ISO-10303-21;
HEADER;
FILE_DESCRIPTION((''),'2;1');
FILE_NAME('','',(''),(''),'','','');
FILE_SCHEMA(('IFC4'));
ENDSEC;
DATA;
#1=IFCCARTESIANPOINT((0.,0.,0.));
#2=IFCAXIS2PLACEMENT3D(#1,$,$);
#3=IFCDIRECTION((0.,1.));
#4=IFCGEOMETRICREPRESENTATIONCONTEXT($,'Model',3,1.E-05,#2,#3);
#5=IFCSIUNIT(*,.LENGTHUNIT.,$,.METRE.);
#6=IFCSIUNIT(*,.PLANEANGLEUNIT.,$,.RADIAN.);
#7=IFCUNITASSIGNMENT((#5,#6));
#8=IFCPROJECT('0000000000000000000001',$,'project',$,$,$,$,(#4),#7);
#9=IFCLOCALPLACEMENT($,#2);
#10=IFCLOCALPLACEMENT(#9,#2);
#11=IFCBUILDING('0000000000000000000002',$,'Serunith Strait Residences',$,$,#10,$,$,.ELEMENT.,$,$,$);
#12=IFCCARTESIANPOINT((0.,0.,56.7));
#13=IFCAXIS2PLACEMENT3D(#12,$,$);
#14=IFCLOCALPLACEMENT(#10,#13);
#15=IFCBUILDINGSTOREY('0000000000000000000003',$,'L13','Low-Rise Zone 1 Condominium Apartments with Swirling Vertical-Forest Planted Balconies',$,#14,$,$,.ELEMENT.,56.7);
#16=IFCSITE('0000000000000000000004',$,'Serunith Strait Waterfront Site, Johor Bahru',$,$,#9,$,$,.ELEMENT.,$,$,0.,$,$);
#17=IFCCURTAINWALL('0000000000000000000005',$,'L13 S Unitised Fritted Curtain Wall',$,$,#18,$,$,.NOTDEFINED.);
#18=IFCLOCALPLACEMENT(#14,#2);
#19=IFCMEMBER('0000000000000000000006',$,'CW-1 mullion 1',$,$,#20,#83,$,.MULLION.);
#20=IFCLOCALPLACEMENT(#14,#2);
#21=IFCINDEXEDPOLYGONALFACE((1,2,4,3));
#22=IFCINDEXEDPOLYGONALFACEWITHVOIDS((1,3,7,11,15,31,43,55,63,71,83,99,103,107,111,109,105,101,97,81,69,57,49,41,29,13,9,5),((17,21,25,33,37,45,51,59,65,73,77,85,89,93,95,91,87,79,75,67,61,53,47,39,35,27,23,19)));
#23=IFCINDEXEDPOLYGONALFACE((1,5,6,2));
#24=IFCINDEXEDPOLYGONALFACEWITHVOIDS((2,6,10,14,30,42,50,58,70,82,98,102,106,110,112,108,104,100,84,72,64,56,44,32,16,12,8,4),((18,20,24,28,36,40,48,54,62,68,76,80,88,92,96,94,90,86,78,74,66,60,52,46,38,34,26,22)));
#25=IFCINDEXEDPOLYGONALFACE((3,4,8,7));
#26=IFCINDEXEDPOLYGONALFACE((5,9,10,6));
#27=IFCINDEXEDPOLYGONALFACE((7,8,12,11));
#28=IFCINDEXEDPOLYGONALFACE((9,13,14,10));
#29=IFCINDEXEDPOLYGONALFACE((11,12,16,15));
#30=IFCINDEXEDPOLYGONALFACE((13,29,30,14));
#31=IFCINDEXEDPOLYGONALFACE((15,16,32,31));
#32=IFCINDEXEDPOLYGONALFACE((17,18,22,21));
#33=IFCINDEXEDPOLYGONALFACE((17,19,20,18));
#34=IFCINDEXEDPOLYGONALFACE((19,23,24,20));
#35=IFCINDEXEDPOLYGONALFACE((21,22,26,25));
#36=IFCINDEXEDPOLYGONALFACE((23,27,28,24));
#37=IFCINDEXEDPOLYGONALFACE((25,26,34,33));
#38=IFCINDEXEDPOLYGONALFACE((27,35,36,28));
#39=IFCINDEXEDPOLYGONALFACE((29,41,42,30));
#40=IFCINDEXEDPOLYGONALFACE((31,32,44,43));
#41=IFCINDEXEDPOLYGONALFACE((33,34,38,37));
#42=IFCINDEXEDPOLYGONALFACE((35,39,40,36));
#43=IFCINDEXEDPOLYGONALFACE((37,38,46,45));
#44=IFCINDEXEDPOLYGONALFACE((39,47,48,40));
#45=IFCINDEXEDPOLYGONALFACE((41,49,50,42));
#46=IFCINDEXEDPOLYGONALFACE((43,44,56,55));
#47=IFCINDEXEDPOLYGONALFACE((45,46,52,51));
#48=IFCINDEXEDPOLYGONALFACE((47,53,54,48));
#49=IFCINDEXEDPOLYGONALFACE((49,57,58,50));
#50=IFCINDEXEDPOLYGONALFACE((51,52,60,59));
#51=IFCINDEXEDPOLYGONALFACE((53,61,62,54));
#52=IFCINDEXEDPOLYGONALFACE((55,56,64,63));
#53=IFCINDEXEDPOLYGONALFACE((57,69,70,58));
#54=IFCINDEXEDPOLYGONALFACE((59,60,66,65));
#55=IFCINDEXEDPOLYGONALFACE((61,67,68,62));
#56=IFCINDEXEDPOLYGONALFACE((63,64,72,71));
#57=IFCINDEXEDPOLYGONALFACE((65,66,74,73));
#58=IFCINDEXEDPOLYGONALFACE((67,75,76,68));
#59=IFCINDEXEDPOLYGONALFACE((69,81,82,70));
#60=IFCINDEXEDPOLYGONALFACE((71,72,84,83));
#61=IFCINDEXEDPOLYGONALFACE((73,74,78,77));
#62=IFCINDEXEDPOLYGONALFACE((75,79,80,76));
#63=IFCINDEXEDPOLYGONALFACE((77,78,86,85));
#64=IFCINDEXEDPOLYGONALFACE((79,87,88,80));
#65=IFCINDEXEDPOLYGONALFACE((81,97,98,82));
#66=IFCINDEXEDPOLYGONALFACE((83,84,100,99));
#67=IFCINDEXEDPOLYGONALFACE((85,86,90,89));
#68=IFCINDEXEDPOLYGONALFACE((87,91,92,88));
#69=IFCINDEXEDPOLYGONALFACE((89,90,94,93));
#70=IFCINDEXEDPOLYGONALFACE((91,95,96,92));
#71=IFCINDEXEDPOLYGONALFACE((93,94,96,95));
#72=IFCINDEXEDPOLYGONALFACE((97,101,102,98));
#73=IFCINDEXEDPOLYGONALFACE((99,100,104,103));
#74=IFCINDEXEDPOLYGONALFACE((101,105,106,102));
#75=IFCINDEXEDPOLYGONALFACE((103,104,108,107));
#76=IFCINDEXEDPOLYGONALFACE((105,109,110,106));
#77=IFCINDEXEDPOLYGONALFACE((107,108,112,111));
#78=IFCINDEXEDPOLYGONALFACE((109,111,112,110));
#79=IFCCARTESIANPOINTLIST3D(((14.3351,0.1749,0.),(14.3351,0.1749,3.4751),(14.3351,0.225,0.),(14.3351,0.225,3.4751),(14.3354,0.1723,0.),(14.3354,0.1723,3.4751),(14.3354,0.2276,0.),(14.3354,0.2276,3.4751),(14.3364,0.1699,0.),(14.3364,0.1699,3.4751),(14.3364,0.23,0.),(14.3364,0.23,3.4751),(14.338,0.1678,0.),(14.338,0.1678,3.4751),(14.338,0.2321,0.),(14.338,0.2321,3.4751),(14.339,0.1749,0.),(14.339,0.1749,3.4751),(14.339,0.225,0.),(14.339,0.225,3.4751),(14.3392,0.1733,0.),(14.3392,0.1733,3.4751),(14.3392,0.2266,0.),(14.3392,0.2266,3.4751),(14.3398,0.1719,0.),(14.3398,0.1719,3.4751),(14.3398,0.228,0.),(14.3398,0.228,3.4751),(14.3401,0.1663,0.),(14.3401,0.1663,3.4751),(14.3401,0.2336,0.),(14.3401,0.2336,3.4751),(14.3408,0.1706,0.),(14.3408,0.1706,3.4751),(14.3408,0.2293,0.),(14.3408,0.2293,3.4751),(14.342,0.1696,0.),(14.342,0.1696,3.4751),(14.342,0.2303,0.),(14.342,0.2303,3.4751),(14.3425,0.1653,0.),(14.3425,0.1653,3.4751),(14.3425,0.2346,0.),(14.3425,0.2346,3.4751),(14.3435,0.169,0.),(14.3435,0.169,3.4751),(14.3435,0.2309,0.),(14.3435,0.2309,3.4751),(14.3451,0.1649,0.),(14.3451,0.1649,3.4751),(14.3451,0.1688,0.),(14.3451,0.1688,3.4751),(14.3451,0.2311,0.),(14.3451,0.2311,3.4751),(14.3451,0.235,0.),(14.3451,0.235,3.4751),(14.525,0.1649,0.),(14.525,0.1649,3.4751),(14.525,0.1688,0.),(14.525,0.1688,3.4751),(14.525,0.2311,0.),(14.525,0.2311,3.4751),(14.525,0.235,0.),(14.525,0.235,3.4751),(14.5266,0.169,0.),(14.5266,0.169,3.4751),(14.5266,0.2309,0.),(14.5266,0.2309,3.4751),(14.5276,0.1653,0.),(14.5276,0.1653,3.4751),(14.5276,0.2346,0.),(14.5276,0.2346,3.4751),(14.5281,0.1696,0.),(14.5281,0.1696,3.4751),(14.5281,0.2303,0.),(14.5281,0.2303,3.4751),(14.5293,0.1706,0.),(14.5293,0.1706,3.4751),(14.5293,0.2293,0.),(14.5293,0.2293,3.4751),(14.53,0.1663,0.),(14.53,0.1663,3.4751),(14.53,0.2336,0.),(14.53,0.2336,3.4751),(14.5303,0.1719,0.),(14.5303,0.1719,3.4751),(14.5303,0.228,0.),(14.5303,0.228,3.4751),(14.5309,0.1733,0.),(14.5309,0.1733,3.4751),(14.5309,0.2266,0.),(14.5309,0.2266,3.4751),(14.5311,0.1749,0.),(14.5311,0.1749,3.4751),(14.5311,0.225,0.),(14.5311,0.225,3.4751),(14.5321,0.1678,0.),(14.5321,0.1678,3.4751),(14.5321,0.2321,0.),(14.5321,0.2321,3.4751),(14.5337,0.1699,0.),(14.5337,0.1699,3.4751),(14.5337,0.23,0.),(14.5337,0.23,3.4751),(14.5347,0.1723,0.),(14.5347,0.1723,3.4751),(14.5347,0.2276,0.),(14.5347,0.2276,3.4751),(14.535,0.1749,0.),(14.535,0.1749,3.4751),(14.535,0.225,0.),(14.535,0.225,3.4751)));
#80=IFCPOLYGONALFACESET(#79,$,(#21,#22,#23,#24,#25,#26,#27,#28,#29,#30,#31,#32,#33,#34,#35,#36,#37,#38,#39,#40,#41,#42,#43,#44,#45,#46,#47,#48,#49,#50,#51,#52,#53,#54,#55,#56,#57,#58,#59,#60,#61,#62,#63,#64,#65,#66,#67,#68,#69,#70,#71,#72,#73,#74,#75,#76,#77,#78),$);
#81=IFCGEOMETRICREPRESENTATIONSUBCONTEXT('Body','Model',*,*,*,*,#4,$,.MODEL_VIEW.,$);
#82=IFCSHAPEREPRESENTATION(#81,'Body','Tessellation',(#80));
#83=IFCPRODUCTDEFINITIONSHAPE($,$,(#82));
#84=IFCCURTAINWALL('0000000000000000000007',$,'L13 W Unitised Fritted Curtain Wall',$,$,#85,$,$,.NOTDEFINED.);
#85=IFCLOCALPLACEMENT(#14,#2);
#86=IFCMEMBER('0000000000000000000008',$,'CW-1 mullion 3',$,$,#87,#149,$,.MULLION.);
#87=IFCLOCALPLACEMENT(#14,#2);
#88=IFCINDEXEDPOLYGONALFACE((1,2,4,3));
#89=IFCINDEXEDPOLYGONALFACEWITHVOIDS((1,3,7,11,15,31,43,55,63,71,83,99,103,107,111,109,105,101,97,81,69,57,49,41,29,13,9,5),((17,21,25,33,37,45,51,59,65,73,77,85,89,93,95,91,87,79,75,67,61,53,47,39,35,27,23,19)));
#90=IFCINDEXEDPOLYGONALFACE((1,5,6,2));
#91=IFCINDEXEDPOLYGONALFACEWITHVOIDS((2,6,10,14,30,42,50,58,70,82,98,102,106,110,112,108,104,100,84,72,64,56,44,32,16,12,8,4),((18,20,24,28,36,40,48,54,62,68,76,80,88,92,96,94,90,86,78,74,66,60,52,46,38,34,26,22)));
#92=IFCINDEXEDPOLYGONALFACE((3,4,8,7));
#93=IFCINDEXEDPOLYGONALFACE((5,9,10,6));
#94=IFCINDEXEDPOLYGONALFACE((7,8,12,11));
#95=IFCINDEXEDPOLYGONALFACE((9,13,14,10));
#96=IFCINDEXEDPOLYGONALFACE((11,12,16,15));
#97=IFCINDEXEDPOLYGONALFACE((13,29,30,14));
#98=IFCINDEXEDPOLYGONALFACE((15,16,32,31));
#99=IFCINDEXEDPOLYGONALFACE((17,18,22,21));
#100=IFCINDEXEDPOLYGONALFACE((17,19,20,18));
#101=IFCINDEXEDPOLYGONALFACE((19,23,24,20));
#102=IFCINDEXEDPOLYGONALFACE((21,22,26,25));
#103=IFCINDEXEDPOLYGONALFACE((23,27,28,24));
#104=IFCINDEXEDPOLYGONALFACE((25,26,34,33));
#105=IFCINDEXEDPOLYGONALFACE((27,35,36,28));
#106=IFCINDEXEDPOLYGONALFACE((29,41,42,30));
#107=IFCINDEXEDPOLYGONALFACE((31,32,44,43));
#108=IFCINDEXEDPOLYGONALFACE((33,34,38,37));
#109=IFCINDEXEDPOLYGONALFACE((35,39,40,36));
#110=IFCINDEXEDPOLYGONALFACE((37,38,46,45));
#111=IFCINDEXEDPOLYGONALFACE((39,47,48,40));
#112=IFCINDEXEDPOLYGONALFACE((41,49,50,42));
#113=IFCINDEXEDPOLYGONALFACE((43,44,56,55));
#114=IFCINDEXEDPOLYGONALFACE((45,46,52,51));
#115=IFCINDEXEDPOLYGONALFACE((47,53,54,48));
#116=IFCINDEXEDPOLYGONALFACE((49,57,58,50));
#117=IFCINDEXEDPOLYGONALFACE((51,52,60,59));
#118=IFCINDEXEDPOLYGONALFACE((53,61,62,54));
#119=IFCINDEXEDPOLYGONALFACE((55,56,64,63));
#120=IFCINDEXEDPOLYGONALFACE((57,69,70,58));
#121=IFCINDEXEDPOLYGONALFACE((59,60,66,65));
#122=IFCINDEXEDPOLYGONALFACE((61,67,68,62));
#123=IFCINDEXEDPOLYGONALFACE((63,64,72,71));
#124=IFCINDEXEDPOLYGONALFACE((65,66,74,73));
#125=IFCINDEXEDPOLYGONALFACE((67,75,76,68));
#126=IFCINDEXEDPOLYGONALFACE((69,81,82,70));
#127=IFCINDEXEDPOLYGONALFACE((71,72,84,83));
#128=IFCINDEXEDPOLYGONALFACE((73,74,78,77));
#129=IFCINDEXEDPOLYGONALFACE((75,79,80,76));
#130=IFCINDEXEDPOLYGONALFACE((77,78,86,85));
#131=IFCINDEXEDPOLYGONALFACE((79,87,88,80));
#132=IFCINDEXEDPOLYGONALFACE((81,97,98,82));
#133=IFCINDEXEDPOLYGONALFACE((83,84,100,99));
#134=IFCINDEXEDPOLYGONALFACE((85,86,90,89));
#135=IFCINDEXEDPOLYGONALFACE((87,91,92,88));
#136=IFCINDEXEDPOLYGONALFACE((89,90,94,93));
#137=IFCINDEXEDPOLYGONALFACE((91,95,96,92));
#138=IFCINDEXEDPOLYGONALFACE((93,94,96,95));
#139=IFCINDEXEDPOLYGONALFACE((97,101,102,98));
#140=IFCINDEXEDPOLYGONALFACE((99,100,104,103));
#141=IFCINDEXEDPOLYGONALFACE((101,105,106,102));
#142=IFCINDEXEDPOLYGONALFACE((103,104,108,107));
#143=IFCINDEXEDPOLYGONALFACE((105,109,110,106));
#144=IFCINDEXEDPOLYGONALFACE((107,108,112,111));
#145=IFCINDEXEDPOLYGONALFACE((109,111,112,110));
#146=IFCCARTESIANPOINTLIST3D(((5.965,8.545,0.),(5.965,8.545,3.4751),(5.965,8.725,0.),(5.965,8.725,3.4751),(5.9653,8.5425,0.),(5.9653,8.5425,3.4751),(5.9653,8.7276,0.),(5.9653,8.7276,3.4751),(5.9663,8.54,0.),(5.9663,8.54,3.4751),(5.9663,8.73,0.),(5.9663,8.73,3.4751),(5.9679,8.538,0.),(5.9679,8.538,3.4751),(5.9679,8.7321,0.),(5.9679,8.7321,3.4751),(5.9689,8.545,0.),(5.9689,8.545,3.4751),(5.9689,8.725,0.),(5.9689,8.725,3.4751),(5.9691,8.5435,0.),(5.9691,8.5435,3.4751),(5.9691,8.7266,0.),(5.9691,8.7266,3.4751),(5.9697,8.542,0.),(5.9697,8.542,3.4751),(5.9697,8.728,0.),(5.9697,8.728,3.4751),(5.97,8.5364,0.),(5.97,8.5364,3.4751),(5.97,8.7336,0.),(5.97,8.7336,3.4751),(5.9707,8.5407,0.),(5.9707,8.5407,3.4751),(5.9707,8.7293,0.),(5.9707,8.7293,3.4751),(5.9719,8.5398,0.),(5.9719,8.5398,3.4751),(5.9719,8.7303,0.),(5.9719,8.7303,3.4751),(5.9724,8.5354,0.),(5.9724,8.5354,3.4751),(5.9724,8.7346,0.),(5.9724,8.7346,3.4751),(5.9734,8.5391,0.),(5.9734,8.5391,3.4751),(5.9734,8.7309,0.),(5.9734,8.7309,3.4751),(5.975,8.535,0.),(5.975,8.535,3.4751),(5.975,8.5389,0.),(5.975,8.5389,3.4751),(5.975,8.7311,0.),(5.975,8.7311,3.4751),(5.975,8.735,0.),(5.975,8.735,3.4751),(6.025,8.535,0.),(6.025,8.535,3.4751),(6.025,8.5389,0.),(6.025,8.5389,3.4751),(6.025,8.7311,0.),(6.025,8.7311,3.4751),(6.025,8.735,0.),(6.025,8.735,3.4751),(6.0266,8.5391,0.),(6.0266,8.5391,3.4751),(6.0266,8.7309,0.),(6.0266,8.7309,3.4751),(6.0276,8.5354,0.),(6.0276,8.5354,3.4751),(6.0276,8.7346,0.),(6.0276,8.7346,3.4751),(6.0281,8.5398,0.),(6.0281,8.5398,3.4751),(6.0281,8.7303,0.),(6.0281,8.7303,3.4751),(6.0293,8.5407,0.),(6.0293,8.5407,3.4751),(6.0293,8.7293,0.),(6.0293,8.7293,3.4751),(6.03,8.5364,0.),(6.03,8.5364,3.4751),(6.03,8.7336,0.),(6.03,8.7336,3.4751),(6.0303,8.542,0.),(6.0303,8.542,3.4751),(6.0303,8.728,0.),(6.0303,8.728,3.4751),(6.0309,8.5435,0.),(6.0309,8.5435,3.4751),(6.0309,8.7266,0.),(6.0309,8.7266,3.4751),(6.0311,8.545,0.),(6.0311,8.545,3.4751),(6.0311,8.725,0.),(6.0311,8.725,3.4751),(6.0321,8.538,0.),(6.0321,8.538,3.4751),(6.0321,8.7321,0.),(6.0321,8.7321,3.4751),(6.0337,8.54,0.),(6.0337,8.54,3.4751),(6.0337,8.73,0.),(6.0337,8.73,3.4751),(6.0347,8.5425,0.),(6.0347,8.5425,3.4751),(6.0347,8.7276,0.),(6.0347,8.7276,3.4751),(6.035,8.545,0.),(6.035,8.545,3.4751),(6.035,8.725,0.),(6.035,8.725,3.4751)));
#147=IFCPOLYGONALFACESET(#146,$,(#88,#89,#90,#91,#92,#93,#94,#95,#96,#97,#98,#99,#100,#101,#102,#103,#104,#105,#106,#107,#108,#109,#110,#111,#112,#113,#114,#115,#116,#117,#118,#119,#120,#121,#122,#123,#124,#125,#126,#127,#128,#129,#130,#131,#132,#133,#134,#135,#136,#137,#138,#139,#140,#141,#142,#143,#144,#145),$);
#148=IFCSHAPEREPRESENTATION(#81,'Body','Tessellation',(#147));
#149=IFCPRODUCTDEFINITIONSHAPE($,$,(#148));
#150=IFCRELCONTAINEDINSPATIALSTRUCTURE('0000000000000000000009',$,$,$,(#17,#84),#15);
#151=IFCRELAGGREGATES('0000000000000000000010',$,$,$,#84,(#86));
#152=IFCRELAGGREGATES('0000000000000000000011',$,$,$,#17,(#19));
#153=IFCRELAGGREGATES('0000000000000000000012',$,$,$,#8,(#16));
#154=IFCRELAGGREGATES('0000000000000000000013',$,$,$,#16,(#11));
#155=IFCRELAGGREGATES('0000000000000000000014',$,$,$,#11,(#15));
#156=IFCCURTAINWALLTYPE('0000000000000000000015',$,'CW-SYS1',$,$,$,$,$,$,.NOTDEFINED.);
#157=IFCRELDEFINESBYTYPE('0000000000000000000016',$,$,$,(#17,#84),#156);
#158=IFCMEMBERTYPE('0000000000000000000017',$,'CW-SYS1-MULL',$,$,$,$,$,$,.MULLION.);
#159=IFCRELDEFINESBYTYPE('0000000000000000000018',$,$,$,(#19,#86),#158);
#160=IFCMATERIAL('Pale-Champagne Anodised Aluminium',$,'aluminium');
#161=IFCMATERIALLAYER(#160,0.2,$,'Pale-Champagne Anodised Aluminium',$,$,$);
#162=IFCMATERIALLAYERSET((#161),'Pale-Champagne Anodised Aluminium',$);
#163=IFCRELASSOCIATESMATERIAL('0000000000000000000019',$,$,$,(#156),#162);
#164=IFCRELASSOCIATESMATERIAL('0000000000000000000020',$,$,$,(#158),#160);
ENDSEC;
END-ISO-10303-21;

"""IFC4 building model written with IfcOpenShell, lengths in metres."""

from ifc_helpers import new_model, si_unit, direction, frame, origin, origin_2d, place, context, subcontext, project, spatial, hollow_rectangle, extrude, source, transform, mapped, material, layer, layer_set, material_profile, profile_set, type_object, element, aggregate, save


model = new_model("IFC4")

# Units and contexts
model_context = context("Model", 3, precision=1e-05, world=origin(), true_north=direction((0.0, 1.0)))
body_context = subcontext(model_context, "Body", "Model", "MODEL_VIEW")
ifc_project = project(units=[si_unit("LENGTHUNIT", "METRE"), si_unit("PLANEANGLEUNIT", "RADIAN")], contexts=[model_context])

# Site, building, storey
site_placement = place(None, origin())
site = spatial("IfcSite", under=ifc_project, at=site_placement, Name="Serunith Strait Waterfront Site, Johor Bahru", CompositionType="ELEMENT", RefElevation=0.0)
building_placement = place(site_placement, origin())
building = spatial("IfcBuilding", under=site, at=building_placement, Name="Serunith Strait Residences", CompositionType="ELEMENT")
storey_placement = place(building_placement, frame((0.0, 0.0, 56.7)))
storey = spatial("IfcBuildingStorey", under=building, at=storey_placement, Name="L13", Description="Low-Rise Zone 1 Condominium Apartments with Swirling Vertical-Forest Planted Balconies", CompositionType="ELEMENT", Elevation=56.7)

# Curtain walls, members
ifc_material_1 = material(Name="Pale-Champagne Anodised Aluminium", Category="aluminium")
ifc_layer_1 = layer(ifc_material_1, 0.2, Name="Pale-Champagne Anodised Aluminium")
ifc_layer_set_1 = layer_set([ifc_layer_1], Name="Pale-Champagne Anodised Aluminium")
curtain_wall_type = type_object("IfcCurtainWallType", Name="CW-SYS1", PredefinedType="NOTDEFINED", material=ifc_layer_set_1)
curtain_wall_1_placement = place(storey_placement, origin())
curtain_wall_1 = element("IfcCurtainWall", 1, at=curtain_wall_1_placement, inside=storey, type_object=curtain_wall_type, Name="L13 S Unitised Fritted Curtain Wall", PredefinedType="NOTDEFINED")
ifc_material_profile_1 = material_profile(ifc_material_1, hollow_rectangle(XDim=0.0701, YDim=0.2, WallThickness=0.0039, InnerFilletRadius=0.0061, OuterFilletRadius=0.01, at=origin_2d()), Name="ALU 200x70x4")
ifc_profile_set_1 = profile_set([ifc_material_profile_1], Name="Pale-Champagne Anodised Aluminium")
member_type_1 = type_object("IfcMemberType", Name="CW-SYS1-MULL", PredefinedType="MULLION", material=ifc_profile_set_1)
shared_shape_1 = source(origin(), body_context, "Body", "SweptSolid", [
    extrude(hollow_rectangle(XDim=0.0701, YDim=0.2, WallThickness=0.0039, InnerFilletRadius=0.0061, OuterFilletRadius=0.01, at=origin_2d()), origin(), (0.0, 0.0, 1.0), 3.4751),
])
member_1_placement = place(storey_placement, frame((14.4351, 0.2, 0.0), z_axis=(0.0, 0.0, 1.0), x_axis=(0.0, 1.0, 0.0)))
member_1 = element("IfcMember", 2, at=member_1_placement, type_object=member_type_1, Name="CW-1 mullion 1", PredefinedType="MULLION", context=body_context, shape_type="MappedRepresentation", body=[
    mapped(shared_shape_1, transform((0.0, 0.0, 0.0), scale=1.0)),
])
curtain_wall_2_placement = place(storey_placement, origin())
curtain_wall_2 = element("IfcCurtainWall", 3, at=curtain_wall_2_placement, inside=storey, type_object=curtain_wall_type, Name="L13 W Unitised Fritted Curtain Wall", PredefinedType="NOTDEFINED")
member_2_placement = place(storey_placement, frame((6.0, 8.635, 0.0), z_axis=(0.0, 0.0, 1.0), x_axis=(1.0, 0.0, 0.0)))
member_2 = element("IfcMember", 4, at=member_2_placement, type_object=member_type_1, Name="CW-1 mullion 3", PredefinedType="MULLION", context=body_context, shape_type="MappedRepresentation", body=[
    mapped(shared_shape_1, transform((0.0, 0.0, 0.0), scale=1.0)),
])
aggregate(curtain_wall_2, [member_2])

aggregate(curtain_wall_1, [member_1])

save(model, "model.ifc")
